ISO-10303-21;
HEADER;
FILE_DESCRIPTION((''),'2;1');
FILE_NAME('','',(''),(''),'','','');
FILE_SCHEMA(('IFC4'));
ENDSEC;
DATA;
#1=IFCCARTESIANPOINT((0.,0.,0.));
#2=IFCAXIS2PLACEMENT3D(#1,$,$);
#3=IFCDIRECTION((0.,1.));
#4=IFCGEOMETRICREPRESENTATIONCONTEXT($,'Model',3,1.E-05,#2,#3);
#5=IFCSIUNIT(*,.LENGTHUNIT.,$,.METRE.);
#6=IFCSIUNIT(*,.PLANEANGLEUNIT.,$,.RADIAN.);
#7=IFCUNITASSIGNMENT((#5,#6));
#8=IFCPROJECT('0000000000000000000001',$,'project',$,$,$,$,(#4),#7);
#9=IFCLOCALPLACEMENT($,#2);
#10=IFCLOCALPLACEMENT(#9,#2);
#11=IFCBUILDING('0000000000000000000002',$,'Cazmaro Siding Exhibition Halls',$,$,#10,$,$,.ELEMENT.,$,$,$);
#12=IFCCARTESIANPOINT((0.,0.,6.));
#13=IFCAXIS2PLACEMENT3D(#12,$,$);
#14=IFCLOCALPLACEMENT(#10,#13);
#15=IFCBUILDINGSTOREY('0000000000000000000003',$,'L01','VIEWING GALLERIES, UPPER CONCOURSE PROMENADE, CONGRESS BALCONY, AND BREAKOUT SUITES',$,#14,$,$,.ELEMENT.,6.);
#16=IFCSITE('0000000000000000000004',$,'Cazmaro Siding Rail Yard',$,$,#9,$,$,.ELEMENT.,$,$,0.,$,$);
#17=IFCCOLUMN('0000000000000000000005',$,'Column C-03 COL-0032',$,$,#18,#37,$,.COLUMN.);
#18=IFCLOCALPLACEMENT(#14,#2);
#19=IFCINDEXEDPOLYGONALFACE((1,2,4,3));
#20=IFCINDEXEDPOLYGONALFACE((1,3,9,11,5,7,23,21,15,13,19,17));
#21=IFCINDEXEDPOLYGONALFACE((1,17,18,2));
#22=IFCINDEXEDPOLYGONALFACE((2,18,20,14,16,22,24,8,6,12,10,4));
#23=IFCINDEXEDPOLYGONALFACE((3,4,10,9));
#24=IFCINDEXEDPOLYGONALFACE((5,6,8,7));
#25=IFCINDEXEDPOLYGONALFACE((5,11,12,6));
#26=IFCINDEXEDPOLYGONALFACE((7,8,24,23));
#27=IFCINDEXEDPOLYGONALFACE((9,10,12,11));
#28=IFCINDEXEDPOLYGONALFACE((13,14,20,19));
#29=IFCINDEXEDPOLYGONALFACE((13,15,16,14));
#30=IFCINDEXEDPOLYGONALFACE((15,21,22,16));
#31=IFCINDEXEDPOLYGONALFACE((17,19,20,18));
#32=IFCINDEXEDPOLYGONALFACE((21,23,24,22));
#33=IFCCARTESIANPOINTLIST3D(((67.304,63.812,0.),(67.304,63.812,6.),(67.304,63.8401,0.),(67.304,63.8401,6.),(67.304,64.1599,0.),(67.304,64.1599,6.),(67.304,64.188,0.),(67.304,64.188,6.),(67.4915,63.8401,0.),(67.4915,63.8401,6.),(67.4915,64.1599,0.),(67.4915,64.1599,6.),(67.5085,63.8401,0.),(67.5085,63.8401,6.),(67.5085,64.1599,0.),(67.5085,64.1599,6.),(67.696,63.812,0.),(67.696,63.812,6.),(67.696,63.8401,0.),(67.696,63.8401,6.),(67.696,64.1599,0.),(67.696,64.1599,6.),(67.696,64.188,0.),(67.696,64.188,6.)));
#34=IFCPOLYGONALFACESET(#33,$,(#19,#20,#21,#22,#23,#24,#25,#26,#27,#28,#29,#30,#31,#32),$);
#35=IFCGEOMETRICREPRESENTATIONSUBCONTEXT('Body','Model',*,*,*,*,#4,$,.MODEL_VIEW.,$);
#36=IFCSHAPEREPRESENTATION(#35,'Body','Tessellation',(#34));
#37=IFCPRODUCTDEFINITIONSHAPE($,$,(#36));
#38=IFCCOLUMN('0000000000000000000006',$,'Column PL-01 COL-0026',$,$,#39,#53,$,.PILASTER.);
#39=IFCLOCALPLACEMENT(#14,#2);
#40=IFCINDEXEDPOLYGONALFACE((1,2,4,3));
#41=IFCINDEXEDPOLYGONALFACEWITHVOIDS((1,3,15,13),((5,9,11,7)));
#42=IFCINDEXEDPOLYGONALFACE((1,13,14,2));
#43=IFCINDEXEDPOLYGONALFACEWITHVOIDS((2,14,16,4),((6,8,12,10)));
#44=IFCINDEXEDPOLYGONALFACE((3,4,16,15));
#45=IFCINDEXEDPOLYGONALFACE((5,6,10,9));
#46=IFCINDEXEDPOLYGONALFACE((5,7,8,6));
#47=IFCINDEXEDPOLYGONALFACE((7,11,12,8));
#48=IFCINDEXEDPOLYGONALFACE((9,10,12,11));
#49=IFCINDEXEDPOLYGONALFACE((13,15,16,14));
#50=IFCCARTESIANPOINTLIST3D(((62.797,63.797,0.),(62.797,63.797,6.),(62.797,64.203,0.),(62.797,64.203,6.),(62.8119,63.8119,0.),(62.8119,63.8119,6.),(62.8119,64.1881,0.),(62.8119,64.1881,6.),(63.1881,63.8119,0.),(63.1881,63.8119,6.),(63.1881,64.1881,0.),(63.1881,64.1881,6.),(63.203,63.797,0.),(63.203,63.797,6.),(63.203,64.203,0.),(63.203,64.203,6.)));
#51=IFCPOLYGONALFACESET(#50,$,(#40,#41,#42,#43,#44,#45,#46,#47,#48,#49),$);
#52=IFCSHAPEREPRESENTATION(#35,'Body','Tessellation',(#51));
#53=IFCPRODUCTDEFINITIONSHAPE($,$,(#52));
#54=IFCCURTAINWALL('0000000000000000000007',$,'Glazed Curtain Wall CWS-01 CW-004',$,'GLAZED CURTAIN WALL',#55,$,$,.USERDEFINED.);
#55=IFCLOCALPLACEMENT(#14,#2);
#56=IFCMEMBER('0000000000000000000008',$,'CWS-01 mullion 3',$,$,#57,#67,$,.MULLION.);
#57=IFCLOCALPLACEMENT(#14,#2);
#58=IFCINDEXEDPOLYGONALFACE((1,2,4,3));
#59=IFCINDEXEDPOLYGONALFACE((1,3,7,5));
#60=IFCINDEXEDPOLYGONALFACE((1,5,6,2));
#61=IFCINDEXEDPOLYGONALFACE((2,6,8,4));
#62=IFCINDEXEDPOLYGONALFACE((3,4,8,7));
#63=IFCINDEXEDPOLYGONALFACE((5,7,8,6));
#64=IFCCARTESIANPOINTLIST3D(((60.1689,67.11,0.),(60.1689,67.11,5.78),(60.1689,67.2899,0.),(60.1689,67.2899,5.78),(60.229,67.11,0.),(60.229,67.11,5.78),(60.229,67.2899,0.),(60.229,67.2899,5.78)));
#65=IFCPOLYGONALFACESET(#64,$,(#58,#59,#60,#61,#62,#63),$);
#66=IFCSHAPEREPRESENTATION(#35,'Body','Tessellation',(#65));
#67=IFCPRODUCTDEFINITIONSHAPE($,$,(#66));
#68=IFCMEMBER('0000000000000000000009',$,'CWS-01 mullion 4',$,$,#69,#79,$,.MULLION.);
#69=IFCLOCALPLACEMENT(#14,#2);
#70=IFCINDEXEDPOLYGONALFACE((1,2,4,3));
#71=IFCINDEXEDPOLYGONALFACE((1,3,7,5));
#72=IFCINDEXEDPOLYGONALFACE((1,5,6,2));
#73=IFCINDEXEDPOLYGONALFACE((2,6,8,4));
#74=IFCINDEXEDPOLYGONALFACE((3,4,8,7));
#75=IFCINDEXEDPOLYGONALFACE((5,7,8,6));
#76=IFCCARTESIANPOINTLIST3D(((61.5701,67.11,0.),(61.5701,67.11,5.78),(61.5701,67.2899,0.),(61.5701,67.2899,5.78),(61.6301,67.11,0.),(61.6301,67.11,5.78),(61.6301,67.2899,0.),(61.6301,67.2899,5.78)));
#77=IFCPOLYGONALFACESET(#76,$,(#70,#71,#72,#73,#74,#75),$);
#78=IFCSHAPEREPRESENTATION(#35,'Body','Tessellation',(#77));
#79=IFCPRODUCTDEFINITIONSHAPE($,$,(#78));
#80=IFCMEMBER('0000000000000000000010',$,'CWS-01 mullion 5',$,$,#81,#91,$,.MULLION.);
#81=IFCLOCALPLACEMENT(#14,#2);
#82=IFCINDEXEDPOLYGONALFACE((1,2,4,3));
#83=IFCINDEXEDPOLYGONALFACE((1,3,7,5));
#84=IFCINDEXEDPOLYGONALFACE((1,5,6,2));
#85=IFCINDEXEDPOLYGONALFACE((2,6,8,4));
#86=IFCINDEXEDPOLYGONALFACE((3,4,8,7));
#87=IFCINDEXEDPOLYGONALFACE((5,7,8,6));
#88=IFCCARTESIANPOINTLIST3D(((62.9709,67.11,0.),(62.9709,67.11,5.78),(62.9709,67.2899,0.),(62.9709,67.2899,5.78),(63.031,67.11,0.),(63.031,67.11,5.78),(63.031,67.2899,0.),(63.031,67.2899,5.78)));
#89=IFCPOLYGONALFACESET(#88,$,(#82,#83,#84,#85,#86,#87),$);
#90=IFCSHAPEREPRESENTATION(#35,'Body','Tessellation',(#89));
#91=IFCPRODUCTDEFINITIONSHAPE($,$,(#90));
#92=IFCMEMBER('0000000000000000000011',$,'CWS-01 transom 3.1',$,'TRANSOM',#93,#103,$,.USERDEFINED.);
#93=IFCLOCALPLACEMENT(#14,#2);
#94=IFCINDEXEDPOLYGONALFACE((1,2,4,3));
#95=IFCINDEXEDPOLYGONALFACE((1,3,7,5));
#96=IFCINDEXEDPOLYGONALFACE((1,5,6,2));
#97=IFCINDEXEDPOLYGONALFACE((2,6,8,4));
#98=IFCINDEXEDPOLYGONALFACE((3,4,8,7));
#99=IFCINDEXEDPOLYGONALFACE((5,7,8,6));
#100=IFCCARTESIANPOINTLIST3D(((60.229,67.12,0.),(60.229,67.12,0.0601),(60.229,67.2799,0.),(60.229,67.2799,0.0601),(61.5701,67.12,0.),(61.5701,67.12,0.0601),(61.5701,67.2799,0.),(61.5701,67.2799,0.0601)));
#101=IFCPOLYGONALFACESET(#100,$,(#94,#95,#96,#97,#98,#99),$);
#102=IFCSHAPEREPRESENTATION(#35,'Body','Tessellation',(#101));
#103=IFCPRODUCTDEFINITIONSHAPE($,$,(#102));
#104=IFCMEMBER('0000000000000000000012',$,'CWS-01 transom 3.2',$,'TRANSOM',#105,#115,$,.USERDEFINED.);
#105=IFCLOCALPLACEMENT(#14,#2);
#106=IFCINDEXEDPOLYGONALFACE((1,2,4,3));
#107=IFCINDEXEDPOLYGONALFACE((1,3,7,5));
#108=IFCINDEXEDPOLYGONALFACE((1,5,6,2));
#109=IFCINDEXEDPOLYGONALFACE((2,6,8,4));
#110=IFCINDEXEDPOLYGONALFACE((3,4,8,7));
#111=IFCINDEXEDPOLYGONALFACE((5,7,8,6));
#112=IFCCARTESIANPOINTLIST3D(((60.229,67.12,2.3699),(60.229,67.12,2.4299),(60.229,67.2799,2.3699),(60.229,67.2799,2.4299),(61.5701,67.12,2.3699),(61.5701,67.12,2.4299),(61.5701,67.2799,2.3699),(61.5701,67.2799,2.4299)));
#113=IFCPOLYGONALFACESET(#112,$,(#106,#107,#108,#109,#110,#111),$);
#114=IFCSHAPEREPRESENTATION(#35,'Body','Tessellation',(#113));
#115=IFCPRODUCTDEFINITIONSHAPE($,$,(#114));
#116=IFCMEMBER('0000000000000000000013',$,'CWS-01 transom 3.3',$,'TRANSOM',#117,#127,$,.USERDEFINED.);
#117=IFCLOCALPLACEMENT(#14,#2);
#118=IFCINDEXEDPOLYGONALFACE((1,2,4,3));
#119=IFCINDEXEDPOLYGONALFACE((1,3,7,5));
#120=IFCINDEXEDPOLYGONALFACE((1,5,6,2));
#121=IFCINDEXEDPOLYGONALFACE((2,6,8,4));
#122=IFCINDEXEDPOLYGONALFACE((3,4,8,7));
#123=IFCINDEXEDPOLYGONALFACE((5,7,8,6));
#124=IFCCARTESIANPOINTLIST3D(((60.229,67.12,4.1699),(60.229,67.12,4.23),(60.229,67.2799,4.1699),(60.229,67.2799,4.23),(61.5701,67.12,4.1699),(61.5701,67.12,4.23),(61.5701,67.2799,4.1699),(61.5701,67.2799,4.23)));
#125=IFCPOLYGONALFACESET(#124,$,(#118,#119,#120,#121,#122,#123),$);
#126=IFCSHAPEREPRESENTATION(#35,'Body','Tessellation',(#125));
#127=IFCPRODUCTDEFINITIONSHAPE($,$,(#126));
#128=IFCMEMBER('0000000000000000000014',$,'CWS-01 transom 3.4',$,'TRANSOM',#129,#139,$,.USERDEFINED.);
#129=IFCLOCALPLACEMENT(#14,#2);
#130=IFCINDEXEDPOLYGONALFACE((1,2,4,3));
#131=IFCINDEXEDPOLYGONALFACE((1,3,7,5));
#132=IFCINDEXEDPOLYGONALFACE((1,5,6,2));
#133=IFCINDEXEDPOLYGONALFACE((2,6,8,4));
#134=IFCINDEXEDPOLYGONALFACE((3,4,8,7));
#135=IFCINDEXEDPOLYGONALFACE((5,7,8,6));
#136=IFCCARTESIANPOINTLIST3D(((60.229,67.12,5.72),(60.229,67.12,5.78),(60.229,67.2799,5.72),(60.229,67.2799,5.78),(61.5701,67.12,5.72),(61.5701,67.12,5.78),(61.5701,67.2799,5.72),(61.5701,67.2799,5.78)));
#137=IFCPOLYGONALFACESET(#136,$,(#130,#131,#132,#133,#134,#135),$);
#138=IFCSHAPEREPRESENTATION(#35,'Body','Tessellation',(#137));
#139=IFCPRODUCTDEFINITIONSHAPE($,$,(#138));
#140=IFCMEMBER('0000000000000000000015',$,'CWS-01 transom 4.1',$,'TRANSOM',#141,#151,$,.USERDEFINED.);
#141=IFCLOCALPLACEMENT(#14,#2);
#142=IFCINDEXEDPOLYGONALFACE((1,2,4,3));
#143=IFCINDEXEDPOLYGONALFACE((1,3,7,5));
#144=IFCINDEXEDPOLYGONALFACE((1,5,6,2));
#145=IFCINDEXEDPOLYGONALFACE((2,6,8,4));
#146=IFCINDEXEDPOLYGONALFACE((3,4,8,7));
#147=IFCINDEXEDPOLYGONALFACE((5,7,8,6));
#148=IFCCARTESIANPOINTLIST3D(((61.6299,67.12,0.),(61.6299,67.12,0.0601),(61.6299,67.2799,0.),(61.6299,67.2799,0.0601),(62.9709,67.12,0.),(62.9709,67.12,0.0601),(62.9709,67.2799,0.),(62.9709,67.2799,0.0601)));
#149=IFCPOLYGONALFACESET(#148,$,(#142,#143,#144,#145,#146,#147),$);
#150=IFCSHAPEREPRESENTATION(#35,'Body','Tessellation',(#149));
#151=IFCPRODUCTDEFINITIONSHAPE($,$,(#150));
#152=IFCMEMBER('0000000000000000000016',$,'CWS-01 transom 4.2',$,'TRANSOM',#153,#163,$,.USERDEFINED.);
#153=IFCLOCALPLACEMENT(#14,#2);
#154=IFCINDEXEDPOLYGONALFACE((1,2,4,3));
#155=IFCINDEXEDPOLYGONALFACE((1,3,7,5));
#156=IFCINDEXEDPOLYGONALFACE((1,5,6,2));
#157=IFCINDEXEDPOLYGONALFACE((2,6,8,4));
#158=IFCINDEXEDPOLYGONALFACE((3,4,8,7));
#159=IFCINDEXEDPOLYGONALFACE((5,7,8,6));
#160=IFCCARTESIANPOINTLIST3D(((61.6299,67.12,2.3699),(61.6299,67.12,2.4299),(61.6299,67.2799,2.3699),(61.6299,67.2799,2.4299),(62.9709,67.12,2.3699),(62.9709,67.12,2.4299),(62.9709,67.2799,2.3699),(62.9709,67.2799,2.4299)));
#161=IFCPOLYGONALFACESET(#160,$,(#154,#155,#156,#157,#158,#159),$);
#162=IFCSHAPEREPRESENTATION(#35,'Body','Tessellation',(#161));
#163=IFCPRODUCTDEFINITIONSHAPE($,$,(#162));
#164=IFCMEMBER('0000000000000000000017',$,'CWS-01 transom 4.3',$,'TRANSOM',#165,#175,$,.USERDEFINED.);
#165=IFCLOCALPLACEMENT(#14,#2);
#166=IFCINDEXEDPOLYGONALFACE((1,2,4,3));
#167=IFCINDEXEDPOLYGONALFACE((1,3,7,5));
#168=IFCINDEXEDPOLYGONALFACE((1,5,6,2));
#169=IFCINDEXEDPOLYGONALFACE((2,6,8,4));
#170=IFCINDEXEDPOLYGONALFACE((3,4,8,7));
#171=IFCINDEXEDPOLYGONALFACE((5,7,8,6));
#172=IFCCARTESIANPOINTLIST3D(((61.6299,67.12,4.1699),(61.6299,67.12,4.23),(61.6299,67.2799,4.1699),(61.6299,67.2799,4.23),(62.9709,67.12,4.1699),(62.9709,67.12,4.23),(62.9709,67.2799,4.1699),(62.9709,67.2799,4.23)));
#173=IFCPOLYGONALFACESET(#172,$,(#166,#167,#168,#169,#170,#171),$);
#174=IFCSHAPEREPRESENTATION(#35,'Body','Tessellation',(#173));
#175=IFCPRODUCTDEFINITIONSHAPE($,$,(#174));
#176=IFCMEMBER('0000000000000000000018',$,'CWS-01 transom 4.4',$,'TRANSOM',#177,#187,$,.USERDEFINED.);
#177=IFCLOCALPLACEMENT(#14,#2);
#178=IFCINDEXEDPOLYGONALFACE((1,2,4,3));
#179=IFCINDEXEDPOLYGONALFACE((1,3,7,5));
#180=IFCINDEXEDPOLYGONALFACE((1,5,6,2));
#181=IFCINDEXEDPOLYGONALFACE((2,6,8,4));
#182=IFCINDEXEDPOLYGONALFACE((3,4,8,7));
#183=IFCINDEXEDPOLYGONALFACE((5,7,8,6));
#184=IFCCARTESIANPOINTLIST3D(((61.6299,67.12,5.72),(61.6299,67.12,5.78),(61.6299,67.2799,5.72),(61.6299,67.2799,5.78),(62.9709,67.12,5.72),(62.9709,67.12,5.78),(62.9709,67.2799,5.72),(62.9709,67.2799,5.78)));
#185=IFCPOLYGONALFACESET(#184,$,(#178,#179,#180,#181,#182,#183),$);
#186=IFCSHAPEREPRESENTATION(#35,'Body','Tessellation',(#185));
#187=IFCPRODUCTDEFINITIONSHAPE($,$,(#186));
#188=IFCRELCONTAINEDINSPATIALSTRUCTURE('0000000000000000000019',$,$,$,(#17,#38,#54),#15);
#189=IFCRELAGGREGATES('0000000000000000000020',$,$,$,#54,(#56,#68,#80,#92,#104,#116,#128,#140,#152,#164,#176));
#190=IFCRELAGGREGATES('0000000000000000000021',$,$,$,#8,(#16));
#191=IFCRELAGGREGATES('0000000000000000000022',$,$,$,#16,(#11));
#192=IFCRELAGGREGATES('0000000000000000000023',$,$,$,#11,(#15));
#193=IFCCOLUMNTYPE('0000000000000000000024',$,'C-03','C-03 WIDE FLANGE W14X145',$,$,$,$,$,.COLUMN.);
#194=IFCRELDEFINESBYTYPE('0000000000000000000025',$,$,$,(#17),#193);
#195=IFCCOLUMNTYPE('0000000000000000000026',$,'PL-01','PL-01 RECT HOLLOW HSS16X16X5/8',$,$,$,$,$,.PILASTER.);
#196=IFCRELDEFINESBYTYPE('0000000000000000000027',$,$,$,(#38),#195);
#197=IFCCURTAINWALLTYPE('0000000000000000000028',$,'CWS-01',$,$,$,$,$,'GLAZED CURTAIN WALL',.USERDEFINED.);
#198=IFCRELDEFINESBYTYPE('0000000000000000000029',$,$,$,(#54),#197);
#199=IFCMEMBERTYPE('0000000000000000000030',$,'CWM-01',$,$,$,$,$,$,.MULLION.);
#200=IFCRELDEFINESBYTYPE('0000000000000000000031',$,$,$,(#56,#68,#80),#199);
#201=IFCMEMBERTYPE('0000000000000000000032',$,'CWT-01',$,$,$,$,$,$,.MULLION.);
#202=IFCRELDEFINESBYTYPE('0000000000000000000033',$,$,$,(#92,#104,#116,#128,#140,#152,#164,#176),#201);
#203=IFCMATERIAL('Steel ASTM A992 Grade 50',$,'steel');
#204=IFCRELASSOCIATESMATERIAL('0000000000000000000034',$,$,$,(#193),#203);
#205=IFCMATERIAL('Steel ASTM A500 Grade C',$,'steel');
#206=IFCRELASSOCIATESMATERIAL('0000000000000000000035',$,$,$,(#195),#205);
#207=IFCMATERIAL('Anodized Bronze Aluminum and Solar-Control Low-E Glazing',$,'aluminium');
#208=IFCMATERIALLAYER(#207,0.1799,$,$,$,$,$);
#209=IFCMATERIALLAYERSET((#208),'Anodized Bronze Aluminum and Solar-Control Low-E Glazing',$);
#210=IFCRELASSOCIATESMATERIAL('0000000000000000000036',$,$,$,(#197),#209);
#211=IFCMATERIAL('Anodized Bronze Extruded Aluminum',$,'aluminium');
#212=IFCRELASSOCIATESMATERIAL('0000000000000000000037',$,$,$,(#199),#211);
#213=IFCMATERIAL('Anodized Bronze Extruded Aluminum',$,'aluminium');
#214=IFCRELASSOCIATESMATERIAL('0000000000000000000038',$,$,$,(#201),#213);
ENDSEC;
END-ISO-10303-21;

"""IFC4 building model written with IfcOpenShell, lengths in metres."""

from ifc_helpers import new_model, si_unit, direction, frame, origin, origin_2d, place, context, subcontext, project, spatial, rectangle, hollow_rectangle, i_section, extrude, material, layer, layer_set, material_profile, profile_set, type_object, element, aggregate, save


model = new_model("IFC4")

# Units and contexts
model_context = context("Model", 3, precision=1e-05, world=origin(), true_north=direction((0.0, 1.0)))
body_context = subcontext(model_context, "Body", "Model", "MODEL_VIEW")
ifc_project = project(units=[si_unit("LENGTHUNIT", "METRE"), si_unit("PLANEANGLEUNIT", "RADIAN")], contexts=[model_context])

# Site, building, storey
site_placement = place(None, origin())
site = spatial("IfcSite", under=ifc_project, at=site_placement, Name="Cazmaro Siding Rail Yard", CompositionType="ELEMENT", RefElevation=0.0)
building_placement = place(site_placement, origin())
building = spatial("IfcBuilding", under=site, at=building_placement, Name="Cazmaro Siding Exhibition Halls", CompositionType="ELEMENT")
storey_placement = place(building_placement, frame((0.0, 0.0, 6.0)))
storey = spatial("IfcBuildingStorey", under=building, at=storey_placement, Name="L01", Description="VIEWING GALLERIES, UPPER CONCOURSE PROMENADE, CONGRESS BALCONY, AND BREAKOUT SUITES", CompositionType="ELEMENT", Elevation=6.0)

# Columns
ifc_material_1 = material(Name="Steel ASTM A992 Grade 50", Category="steel")
ifc_material_profile_1 = material_profile(ifc_material_1, i_section(OverallWidth=0.3921, OverallDepth=0.376, WebThickness=0.0171, FlangeThickness=0.0281, at=origin_2d()), Name="W14X145")
ifc_profile_set_1 = profile_set([ifc_material_profile_1], Name="Steel ASTM A992 Grade 50")
column_type_1 = type_object("IfcColumnType", Name="C-03", Description="C-03 WIDE FLANGE W14X145", PredefinedType="COLUMN", material=ifc_profile_set_1)
column_1_placement = place(storey_placement, frame((67.5, 64.0, 0.0), z_axis=(0.0, 0.0, 1.0), x_axis=(1.0, 0.0, 0.0)))
element("IfcColumn", 1, at=column_1_placement, inside=storey, type_object=column_type_1, Name="Column C-03 COL-0032", PredefinedType="COLUMN", context=body_context, shape_type="SweptSolid", body=[
    extrude(i_section(OverallWidth=0.3921, OverallDepth=0.376, WebThickness=0.0171, FlangeThickness=0.0281, at=origin_2d()), origin(), (0.0, 0.0, 1.0), 6.0),
])
ifc_material_2 = material(Name="Steel ASTM A500 Grade C", Category="steel")
ifc_material_profile_2 = material_profile(ifc_material_2, hollow_rectangle(XDim=0.406, YDim=0.406, WallThickness=0.0149, at=origin_2d()), Name="HSS16X16X5/8")
ifc_profile_set_2 = profile_set([ifc_material_profile_2], Name="Steel ASTM A500 Grade C")
column_type_2 = type_object("IfcColumnType", Name="PL-01", Description="PL-01 RECT HOLLOW HSS16X16X5/8", PredefinedType="PILASTER", material=ifc_profile_set_2)
column_2_placement = place(storey_placement, frame((63.0, 64.0, 0.0), z_axis=(0.0, 0.0, 1.0), x_axis=(1.0, 0.0, 0.0)))
element("IfcColumn", 2, at=column_2_placement, inside=storey, type_object=column_type_2, Name="Column PL-01 COL-0026", PredefinedType="PILASTER", context=body_context, shape_type="SweptSolid", body=[
    extrude(hollow_rectangle(XDim=0.406, YDim=0.406, WallThickness=0.0149, at=origin_2d()), origin(), (0.0, 0.0, 1.0), 6.0),
])

# Curtain wall, members
ifc_material_3 = material(Name="Anodized Bronze Aluminum and Solar-Control Low-E Glazing", Category="aluminium")
ifc_layer_1 = layer(ifc_material_3, 0.1799)
ifc_layer_set_1 = layer_set([ifc_layer_1], Name="Anodized Bronze Aluminum and Solar-Control Low-E Glazing")
curtain_wall_type = type_object("IfcCurtainWallType", Name="CWS-01", ElementType="GLAZED CURTAIN WALL", PredefinedType="USERDEFINED", material=ifc_layer_set_1)
curtain_wall_placement = place(storey_placement, origin())
curtain_wall = element("IfcCurtainWall", 3, at=curtain_wall_placement, inside=storey, type_object=curtain_wall_type, Name="Glazed Curtain Wall CWS-01 CW-004", ObjectType="GLAZED CURTAIN WALL", PredefinedType="USERDEFINED")
ifc_material_4 = material(Name="Anodized Bronze Extruded Aluminum", Category="aluminium")
ifc_material_profile_3 = material_profile(ifc_material_4, rectangle(XDim=0.1799, YDim=0.0601, at=origin_2d()), Name="CWM-01")
ifc_profile_set_3 = profile_set([ifc_material_profile_3], Name="Anodized Bronze Extruded Aluminum")
member_type_1 = type_object("IfcMemberType", Name="CWM-01", PredefinedType="MULLION", material=ifc_profile_set_3)
member_1_placement = place(storey_placement, frame((60.199, 67.2, 0.0), z_axis=(0.0, 0.0, 1.0), x_axis=(0.0, 1.0, 0.0)))
member_1 = element("IfcMember", 4, at=member_1_placement, type_object=member_type_1, Name="CWS-01 mullion 3", PredefinedType="MULLION", context=body_context, shape_type="SweptSolid", body=[
    extrude(rectangle(XDim=0.1799, YDim=0.0601, at=origin_2d()), origin(), (0.0, 0.0, 1.0), 5.78),
])
member_2_placement = place(storey_placement, frame((61.6001, 67.2, 0.0), z_axis=(0.0, 0.0, 1.0), x_axis=(0.0, 1.0, 0.0)))
member_2 = element("IfcMember", 5, at=member_2_placement, type_object=member_type_1, Name="CWS-01 mullion 4", PredefinedType="MULLION", context=body_context, shape_type="SweptSolid", body=[
    extrude(rectangle(XDim=0.1799, YDim=0.0601, at=origin_2d()), origin(), (0.0, 0.0, 1.0), 5.78),
])
member_3_placement = place(storey_placement, frame((63.001, 67.2, 0.0), z_axis=(0.0, 0.0, 1.0), x_axis=(0.0, 1.0, 0.0)))
member_3 = element("IfcMember", 6, at=member_3_placement, type_object=member_type_1, Name="CWS-01 mullion 5", PredefinedType="MULLION", context=body_context, shape_type="SweptSolid", body=[
    extrude(rectangle(XDim=0.1799, YDim=0.0601, at=origin_2d()), origin(), (0.0, 0.0, 1.0), 5.78),
])
ifc_material_5 = material(Name="Anodized Bronze Extruded Aluminum", Category="aluminium")
ifc_material_profile_4 = material_profile(ifc_material_5, rectangle(XDim=0.1599, YDim=0.0601, at=origin_2d()), Name="CWT-01")
ifc_profile_set_4 = profile_set([ifc_material_profile_4], Name="Anodized Bronze Extruded Aluminum")
member_type_2 = type_object("IfcMemberType", Name="CWT-01", PredefinedType="MULLION", material=ifc_profile_set_4)
member_4_placement = place(storey_placement, frame((60.229, 67.2, 0.03), z_axis=(1.0, 0.0, 0.0), x_axis=(0.0, 1.0, 0.0)))
member_4 = element("IfcMember", 7, at=member_4_placement, type_object=member_type_2, Name="CWS-01 transom 3.1", ObjectType="TRANSOM", PredefinedType="USERDEFINED", context=body_context, shape_type="SweptSolid", body=[
    extrude(rectangle(XDim=0.1599, YDim=0.0601, at=origin_2d()), origin(), (0.0, 0.0, 1.0), 1.3411),
])
member_5_placement = place(storey_placement, frame((60.229, 67.2, 2.3999), z_axis=(1.0, 0.0, 0.0), x_axis=(0.0, 1.0, 0.0)))
member_5 = element("IfcMember", 8, at=member_5_placement, type_object=member_type_2, Name="CWS-01 transom 3.2", ObjectType="TRANSOM", PredefinedType="USERDEFINED", context=body_context, shape_type="SweptSolid", body=[
    extrude(rectangle(XDim=0.1599, YDim=0.0601, at=origin_2d()), origin(), (0.0, 0.0, 1.0), 1.3411),
])
member_6_placement = place(storey_placement, frame((60.229, 67.2, 4.2), z_axis=(1.0, 0.0, 0.0), x_axis=(0.0, 1.0, 0.0)))
member_6 = element("IfcMember", 9, at=member_6_placement, type_object=member_type_2, Name="CWS-01 transom 3.3", ObjectType="TRANSOM", PredefinedType="USERDEFINED", context=body_context, shape_type="SweptSolid", body=[
    extrude(rectangle(XDim=0.1599, YDim=0.0601, at=origin_2d()), origin(), (0.0, 0.0, 1.0), 1.3411),
])
member_7_placement = place(storey_placement, frame((60.229, 67.2, 5.75), z_axis=(1.0, 0.0, 0.0), x_axis=(0.0, 1.0, 0.0)))
member_7 = element("IfcMember", 10, at=member_7_placement, type_object=member_type_2, Name="CWS-01 transom 3.4", ObjectType="TRANSOM", PredefinedType="USERDEFINED", context=body_context, shape_type="SweptSolid", body=[
    extrude(rectangle(XDim=0.1599, YDim=0.0601, at=origin_2d()), origin(), (0.0, 0.0, 1.0), 1.3411),
])
member_8_placement = place(storey_placement, frame((61.6299, 67.2, 0.03), z_axis=(1.0, 0.0, 0.0), x_axis=(0.0, 1.0, 0.0)))
member_8 = element("IfcMember", 11, at=member_8_placement, type_object=member_type_2, Name="CWS-01 transom 4.1", ObjectType="TRANSOM", PredefinedType="USERDEFINED", context=body_context, shape_type="SweptSolid", body=[
    extrude(rectangle(XDim=0.1599, YDim=0.0601, at=origin_2d()), origin(), (0.0, 0.0, 1.0), 1.3411),
])
member_9_placement = place(storey_placement, frame((61.6299, 67.2, 2.3999), z_axis=(1.0, 0.0, 0.0), x_axis=(0.0, 1.0, 0.0)))
member_9 = element("IfcMember", 12, at=member_9_placement, type_object=member_type_2, Name="CWS-01 transom 4.2", ObjectType="TRANSOM", PredefinedType="USERDEFINED", context=body_context, shape_type="SweptSolid", body=[
    extrude(rectangle(XDim=0.1599, YDim=0.0601, at=origin_2d()), origin(), (0.0, 0.0, 1.0), 1.3411),
])
member_10_placement = place(storey_placement, frame((61.6299, 67.2, 4.2), z_axis=(1.0, 0.0, 0.0), x_axis=(0.0, 1.0, 0.0)))
member_10 = element("IfcMember", 13, at=member_10_placement, type_object=member_type_2, Name="CWS-01 transom 4.3", ObjectType="TRANSOM", PredefinedType="USERDEFINED", context=body_context, shape_type="SweptSolid", body=[
    extrude(rectangle(XDim=0.1599, YDim=0.0601, at=origin_2d()), origin(), (0.0, 0.0, 1.0), 1.3411),
])
member_11_placement = place(storey_placement, frame((61.6299, 67.2, 5.75), z_axis=(1.0, 0.0, 0.0), x_axis=(0.0, 1.0, 0.0)))
member_11 = element("IfcMember", 14, at=member_11_placement, type_object=member_type_2, Name="CWS-01 transom 4.4", ObjectType="TRANSOM", PredefinedType="USERDEFINED", context=body_context, shape_type="SweptSolid", body=[
    extrude(rectangle(XDim=0.1599, YDim=0.0601, at=origin_2d()), origin(), (0.0, 0.0, 1.0), 1.3411),
])

aggregate(curtain_wall, [member_1, member_2, member_3, member_4, member_5, member_6, member_7, member_8, member_9, member_10, member_11])

save(model, "model.ifc")
